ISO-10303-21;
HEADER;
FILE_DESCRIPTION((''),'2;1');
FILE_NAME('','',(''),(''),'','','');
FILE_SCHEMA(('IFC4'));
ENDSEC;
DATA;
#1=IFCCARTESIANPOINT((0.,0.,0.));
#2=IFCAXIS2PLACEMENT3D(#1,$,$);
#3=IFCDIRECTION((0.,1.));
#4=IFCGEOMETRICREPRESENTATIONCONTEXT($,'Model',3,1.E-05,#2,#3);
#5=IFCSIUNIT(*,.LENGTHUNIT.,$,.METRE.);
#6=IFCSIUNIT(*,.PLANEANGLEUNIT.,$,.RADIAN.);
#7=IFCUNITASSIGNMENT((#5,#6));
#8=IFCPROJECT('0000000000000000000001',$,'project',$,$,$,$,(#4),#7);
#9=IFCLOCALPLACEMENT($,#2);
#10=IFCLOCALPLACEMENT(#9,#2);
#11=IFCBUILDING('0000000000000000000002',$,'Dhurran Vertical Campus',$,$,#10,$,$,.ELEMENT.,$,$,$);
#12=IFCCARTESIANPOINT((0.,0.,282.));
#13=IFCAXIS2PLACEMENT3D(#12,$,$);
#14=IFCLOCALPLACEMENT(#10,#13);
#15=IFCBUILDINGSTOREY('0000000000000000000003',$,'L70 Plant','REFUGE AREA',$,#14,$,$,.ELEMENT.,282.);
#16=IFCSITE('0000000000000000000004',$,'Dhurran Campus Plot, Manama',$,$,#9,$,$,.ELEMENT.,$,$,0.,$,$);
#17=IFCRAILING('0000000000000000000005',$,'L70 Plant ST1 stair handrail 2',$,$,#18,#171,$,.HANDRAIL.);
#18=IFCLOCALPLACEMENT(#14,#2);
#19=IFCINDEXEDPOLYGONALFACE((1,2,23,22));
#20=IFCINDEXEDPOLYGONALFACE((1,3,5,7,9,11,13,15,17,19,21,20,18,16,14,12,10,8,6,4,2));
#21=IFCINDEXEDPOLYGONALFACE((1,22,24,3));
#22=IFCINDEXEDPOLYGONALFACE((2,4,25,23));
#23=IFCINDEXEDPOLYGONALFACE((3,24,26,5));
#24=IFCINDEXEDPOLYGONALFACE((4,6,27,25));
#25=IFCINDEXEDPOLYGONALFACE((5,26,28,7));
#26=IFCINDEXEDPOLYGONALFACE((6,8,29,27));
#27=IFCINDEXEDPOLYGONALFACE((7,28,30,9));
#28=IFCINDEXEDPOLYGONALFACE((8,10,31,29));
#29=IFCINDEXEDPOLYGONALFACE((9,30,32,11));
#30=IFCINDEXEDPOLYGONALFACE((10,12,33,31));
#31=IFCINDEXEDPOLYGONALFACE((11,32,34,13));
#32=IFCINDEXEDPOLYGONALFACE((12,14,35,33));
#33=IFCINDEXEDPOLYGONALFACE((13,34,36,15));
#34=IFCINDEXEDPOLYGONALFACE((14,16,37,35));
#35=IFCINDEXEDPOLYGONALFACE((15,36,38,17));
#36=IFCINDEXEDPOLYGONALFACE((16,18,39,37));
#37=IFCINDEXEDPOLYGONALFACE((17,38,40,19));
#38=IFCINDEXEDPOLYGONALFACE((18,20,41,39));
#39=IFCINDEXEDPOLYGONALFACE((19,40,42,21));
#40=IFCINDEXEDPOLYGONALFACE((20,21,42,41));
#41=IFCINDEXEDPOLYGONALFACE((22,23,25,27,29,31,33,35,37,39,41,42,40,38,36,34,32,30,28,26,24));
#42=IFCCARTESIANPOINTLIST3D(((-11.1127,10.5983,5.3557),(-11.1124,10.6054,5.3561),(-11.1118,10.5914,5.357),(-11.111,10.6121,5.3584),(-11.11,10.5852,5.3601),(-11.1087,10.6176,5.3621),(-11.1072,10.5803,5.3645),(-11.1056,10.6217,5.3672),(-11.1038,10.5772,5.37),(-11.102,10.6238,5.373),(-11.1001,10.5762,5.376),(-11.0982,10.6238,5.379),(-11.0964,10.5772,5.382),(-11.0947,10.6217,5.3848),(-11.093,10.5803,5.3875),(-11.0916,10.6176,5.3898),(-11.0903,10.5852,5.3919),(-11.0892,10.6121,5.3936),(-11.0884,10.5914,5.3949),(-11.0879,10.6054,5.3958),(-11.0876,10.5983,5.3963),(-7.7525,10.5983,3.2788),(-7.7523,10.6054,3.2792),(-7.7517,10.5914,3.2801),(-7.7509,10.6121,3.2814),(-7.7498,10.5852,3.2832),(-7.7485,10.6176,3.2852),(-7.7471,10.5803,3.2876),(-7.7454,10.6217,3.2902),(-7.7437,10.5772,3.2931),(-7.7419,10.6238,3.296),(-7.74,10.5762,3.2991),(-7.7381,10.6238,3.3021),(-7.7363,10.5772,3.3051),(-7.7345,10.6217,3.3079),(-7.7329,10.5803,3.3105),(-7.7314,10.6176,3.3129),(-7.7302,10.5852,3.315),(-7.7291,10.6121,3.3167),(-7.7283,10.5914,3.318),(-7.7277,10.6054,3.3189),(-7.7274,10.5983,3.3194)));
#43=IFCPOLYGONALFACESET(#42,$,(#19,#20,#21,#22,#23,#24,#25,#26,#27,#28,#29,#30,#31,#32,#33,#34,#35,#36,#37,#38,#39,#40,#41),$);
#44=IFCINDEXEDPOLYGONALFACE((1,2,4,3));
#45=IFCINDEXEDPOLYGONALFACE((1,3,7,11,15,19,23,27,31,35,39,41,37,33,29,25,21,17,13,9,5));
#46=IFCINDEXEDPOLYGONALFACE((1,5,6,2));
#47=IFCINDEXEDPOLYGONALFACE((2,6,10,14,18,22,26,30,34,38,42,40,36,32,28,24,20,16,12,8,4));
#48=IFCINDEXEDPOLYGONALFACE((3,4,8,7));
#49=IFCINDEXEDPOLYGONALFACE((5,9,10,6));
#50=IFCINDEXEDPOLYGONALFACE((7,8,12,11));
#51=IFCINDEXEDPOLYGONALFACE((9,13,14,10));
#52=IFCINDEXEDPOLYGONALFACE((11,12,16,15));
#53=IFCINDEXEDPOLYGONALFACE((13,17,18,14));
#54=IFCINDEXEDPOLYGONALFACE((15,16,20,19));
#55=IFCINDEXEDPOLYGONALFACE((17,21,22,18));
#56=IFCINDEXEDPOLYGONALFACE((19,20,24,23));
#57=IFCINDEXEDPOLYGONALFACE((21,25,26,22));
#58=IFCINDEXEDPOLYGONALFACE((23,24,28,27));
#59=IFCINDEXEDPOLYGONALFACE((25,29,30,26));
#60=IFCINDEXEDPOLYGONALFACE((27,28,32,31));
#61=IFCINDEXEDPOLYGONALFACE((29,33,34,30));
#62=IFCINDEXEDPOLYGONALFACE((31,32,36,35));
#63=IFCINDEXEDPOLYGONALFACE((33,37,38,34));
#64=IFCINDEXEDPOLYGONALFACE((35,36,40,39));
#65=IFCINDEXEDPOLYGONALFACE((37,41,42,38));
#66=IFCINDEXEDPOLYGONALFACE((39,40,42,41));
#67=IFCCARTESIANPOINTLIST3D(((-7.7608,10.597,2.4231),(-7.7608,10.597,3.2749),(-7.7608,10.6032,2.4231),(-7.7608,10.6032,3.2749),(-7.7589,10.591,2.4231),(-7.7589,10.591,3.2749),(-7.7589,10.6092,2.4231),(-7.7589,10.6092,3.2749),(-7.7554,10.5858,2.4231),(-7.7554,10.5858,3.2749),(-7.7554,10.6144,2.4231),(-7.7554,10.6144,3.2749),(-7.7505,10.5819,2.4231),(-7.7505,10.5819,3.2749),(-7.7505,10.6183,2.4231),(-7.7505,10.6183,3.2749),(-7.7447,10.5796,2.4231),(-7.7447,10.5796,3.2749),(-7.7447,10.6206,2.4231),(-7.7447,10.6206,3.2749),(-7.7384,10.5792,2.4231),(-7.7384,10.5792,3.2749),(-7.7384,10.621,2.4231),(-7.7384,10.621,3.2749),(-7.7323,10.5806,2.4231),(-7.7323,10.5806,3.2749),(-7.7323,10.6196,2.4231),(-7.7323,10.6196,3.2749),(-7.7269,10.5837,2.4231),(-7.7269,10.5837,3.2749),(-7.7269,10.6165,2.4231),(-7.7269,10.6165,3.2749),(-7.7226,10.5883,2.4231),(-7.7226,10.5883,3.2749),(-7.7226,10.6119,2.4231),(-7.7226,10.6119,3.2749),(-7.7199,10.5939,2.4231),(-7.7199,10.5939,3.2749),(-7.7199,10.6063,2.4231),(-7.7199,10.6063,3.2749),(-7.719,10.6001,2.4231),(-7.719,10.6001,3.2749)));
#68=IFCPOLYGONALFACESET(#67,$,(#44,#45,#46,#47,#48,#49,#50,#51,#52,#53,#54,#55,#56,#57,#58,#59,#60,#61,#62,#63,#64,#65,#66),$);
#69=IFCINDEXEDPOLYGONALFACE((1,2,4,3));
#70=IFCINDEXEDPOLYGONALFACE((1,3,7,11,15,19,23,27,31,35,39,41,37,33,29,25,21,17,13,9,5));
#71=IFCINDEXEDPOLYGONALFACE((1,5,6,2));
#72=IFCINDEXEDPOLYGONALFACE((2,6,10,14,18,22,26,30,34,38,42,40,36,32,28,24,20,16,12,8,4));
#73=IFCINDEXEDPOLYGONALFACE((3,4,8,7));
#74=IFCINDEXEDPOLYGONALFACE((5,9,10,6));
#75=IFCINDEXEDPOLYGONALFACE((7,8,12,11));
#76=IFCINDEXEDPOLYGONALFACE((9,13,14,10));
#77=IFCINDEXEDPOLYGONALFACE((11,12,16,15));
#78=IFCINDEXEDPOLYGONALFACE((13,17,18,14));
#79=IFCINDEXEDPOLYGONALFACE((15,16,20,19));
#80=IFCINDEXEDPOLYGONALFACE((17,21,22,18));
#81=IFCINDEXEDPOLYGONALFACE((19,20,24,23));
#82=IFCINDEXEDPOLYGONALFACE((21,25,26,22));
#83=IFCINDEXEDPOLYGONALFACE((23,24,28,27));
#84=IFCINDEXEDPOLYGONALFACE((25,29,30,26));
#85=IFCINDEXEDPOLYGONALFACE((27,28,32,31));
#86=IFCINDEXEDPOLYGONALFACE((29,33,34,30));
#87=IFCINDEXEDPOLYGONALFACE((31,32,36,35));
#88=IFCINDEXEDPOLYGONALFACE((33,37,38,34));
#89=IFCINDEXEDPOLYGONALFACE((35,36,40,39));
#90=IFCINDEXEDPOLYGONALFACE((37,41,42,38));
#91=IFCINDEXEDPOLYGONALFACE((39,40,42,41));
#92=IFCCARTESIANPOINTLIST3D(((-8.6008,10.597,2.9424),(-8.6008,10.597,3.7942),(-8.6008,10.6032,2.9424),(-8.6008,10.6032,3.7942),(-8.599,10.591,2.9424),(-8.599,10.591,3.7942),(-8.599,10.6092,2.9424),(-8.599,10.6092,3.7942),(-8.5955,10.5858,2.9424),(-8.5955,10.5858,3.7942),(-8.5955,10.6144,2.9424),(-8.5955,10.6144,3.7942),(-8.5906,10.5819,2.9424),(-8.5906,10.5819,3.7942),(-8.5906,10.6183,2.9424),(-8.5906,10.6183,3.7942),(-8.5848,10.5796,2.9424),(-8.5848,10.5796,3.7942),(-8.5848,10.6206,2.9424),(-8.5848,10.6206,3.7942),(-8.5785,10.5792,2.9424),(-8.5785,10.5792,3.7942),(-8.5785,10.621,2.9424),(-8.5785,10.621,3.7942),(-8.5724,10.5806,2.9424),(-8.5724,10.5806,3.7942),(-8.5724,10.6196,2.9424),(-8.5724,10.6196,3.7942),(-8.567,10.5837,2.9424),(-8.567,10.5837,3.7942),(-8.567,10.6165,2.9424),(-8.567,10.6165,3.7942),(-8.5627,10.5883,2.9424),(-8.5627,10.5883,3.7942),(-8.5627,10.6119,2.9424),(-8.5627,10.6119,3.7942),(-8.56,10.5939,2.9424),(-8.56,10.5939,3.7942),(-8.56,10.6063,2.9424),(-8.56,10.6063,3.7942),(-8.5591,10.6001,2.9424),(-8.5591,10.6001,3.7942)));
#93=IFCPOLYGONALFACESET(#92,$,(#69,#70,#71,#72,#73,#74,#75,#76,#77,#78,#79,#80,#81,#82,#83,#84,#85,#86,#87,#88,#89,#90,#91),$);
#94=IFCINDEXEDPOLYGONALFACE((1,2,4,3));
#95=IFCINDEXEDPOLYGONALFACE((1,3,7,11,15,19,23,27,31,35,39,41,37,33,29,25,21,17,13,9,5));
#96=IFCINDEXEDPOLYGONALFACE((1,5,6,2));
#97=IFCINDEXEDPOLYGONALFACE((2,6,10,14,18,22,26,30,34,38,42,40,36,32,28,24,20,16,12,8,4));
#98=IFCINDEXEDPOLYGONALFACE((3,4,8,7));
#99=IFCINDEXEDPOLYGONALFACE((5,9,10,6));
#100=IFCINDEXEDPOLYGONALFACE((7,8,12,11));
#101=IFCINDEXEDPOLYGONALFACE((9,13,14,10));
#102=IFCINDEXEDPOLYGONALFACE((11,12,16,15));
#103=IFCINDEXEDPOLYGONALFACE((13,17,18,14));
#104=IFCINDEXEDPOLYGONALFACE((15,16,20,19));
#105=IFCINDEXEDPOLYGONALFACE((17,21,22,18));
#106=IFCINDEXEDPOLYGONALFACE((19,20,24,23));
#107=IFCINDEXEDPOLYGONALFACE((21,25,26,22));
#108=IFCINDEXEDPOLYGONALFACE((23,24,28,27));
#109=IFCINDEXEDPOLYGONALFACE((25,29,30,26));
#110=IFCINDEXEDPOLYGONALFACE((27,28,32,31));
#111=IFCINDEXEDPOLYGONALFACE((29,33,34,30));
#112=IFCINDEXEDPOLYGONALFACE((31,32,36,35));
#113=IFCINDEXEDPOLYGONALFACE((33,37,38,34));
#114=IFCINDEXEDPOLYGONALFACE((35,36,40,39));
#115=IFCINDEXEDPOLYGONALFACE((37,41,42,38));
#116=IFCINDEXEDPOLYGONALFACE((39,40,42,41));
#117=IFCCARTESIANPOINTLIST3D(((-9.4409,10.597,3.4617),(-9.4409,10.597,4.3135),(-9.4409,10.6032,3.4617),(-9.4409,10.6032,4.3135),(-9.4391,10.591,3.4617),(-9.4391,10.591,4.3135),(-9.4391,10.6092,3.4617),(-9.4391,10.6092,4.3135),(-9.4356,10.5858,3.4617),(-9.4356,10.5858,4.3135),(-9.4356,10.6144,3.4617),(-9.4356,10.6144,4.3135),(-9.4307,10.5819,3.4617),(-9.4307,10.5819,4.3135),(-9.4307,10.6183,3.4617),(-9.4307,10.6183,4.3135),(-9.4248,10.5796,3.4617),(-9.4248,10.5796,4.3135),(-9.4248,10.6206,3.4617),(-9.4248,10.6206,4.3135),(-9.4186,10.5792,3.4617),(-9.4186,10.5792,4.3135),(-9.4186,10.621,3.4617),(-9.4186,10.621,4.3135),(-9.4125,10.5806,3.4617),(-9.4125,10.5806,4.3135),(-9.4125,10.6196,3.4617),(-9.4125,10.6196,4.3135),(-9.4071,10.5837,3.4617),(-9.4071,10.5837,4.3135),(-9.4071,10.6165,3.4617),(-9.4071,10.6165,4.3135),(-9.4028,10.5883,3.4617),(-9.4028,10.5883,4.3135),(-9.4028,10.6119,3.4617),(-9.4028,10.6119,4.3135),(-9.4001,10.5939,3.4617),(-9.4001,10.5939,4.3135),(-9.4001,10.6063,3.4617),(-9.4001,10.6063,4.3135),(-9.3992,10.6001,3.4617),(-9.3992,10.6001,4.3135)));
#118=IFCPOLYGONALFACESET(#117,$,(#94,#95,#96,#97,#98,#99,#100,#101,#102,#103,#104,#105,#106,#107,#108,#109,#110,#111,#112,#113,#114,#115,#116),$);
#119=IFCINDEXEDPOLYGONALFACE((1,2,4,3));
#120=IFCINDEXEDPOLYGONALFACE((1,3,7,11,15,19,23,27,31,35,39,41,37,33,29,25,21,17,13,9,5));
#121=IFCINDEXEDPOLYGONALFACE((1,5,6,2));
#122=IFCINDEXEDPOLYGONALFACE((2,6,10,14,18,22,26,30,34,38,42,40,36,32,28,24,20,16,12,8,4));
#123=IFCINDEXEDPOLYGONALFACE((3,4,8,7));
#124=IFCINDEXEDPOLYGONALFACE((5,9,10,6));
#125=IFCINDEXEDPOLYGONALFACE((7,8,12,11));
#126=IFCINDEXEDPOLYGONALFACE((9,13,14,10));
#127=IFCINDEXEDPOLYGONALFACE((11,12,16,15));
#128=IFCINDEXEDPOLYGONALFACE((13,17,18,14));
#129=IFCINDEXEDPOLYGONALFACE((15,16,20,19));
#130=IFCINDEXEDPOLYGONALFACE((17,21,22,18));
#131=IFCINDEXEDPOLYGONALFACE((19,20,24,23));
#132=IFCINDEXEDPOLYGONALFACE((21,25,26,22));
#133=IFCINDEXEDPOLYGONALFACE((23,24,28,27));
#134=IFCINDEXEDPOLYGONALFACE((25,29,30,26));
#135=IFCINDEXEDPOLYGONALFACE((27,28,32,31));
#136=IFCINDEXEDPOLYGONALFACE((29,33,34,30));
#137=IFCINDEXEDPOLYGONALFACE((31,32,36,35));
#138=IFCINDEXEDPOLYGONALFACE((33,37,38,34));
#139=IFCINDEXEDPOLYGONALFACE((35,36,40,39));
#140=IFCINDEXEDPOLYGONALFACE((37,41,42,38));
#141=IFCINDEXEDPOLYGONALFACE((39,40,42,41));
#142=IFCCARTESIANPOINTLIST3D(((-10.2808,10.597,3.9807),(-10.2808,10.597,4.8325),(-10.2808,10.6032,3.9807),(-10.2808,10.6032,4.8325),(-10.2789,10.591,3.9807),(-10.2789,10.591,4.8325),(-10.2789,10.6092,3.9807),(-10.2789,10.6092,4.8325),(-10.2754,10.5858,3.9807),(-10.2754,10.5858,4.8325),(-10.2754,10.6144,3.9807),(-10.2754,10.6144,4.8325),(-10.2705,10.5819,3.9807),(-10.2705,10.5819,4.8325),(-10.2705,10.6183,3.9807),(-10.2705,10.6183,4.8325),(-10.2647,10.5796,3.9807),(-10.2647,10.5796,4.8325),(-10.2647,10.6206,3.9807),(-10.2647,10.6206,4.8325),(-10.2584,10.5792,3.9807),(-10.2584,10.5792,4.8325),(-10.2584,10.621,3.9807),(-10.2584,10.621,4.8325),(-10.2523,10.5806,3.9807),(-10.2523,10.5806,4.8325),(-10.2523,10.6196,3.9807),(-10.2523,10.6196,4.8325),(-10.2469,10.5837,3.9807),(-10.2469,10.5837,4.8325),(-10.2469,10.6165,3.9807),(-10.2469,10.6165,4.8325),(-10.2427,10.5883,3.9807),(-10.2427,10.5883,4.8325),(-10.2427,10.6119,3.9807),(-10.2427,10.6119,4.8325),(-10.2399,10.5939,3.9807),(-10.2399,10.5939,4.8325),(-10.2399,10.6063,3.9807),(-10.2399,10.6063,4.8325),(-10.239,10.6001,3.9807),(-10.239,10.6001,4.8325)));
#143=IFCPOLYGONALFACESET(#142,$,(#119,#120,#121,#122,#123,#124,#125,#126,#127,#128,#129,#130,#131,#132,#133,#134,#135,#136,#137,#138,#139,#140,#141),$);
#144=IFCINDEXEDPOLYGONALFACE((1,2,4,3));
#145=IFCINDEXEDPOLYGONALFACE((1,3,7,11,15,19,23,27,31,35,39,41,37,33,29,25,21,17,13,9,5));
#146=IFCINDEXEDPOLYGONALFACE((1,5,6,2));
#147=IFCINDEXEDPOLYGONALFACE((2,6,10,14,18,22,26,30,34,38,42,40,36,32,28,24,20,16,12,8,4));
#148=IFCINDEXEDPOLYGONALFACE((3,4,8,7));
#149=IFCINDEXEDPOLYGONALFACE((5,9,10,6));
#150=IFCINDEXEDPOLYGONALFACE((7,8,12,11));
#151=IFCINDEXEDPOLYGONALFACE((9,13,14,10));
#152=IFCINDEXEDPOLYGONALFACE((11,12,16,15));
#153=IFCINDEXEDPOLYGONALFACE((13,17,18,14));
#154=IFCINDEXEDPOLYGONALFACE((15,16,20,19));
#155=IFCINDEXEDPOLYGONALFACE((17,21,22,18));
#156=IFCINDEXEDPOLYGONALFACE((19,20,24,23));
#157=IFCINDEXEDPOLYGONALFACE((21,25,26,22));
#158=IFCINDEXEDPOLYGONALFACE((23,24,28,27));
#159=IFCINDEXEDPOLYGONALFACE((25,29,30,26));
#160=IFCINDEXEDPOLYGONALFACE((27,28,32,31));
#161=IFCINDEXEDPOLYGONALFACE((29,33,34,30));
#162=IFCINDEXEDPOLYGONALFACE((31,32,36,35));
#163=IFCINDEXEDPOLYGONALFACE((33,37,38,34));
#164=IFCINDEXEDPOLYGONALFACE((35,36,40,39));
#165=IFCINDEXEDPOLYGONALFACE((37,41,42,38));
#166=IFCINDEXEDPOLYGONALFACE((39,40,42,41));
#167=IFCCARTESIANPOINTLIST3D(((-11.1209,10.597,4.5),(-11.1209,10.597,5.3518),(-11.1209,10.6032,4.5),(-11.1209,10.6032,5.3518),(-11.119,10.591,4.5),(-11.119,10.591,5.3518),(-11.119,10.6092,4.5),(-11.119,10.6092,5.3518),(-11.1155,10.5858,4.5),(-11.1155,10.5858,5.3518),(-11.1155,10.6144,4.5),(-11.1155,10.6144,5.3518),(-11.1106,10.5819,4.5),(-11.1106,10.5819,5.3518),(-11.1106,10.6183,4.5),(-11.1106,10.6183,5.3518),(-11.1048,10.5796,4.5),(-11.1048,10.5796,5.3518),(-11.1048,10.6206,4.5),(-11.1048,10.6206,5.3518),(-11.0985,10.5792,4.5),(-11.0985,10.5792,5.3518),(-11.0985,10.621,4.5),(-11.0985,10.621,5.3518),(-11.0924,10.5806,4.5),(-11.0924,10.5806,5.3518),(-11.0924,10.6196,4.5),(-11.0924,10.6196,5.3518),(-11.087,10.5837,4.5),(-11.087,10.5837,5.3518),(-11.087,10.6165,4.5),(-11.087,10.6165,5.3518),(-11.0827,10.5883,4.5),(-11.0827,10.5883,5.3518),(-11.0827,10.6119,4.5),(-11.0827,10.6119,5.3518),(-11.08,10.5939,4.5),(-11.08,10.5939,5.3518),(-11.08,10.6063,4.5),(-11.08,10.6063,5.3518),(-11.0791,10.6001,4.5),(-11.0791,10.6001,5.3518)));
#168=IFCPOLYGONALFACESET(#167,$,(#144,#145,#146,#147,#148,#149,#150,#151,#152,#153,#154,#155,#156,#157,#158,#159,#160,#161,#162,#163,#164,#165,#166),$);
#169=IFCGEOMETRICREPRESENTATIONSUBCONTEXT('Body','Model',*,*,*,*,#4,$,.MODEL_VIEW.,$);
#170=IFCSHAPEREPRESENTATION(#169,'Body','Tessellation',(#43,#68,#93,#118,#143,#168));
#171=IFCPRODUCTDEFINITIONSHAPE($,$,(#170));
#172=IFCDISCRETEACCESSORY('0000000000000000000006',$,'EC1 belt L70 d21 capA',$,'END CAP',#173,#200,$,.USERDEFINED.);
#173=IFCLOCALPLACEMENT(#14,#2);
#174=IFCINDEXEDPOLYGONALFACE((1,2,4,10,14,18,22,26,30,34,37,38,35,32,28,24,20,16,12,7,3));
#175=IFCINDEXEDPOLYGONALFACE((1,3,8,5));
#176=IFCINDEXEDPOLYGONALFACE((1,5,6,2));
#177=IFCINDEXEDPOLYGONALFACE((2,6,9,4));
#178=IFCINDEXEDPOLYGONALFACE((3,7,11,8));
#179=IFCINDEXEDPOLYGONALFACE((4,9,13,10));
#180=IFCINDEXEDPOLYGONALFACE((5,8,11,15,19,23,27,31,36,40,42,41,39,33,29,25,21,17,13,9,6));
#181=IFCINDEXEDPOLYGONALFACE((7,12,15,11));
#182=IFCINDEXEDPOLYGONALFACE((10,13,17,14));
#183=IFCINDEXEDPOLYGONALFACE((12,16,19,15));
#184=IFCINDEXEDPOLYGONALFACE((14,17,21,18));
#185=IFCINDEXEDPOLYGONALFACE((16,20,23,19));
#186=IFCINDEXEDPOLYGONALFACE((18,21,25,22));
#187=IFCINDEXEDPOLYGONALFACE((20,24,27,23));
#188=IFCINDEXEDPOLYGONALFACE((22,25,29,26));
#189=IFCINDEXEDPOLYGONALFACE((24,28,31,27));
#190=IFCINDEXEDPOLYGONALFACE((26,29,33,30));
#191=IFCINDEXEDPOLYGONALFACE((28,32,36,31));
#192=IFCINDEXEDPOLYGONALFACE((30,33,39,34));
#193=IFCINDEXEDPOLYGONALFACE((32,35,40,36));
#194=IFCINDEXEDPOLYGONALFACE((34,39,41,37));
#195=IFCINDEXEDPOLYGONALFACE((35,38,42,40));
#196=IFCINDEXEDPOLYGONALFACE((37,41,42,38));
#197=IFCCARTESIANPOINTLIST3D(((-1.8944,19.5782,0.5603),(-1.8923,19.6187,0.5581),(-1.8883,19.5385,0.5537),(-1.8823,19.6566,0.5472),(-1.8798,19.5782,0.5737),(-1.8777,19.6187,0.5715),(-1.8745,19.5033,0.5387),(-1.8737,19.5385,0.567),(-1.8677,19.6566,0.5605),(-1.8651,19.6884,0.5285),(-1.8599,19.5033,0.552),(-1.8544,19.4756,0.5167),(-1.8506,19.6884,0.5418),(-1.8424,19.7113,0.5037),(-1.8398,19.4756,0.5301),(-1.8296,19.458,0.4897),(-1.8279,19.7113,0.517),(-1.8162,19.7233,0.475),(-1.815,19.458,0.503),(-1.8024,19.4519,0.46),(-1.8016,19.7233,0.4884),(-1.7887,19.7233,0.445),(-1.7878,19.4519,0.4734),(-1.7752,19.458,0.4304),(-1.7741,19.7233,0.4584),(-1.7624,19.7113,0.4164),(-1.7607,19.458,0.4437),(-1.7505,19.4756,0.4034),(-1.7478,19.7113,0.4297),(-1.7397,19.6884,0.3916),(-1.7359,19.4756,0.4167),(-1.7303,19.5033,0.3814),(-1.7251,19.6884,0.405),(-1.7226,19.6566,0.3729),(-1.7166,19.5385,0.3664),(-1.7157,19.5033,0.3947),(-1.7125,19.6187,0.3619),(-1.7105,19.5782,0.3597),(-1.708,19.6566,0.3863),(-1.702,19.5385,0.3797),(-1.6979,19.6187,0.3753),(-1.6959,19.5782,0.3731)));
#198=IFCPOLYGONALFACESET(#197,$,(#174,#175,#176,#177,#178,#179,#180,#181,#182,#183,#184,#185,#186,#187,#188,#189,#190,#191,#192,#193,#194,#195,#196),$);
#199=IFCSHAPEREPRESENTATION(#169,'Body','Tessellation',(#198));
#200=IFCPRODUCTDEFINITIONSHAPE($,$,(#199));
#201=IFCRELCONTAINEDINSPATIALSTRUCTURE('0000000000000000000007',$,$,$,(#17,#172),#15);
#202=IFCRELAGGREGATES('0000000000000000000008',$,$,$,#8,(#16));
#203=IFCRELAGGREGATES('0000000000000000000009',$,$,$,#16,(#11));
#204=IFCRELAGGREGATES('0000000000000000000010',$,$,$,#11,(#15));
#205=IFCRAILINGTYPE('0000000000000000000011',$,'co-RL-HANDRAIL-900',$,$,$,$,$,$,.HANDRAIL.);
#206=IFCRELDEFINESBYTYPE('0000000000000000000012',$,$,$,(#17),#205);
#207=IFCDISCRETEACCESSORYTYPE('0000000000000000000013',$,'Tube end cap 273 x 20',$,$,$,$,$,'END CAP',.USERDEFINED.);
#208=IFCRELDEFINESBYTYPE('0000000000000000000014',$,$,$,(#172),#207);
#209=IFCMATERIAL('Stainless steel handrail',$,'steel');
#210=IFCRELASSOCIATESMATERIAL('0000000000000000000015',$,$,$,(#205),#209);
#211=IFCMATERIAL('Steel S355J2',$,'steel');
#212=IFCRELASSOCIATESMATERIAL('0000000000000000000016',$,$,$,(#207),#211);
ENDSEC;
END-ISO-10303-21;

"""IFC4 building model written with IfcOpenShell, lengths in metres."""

from ifc_helpers import new_model, si_unit, direction, frame, origin, origin_2d, place, context, subcontext, project, spatial, circle, extrude, material, material_profile, profile_set, type_object, element, save


model = new_model("IFC4")

# Units and contexts
model_context = context("Model", 3, precision=1e-05, world=origin(), true_north=direction((0.0, 1.0)))
body_context = subcontext(model_context, "Body", "Model", "MODEL_VIEW")
ifc_project = project(units=[si_unit("LENGTHUNIT", "METRE"), si_unit("PLANEANGLEUNIT", "RADIAN")], contexts=[model_context])

# Site, building, storey
site_placement = place(None, origin())
site = spatial("IfcSite", under=ifc_project, at=site_placement, Name="Dhurran Campus Plot, Manama", CompositionType="ELEMENT", RefElevation=0.0)
building_placement = place(site_placement, origin())
building = spatial("IfcBuilding", under=site, at=building_placement, Name="Dhurran Vertical Campus", CompositionType="ELEMENT")
storey_placement = place(building_placement, frame((0.0, 0.0, 282.0)))
storey = spatial("IfcBuildingStorey", under=building, at=storey_placement, Name="L70 Plant", Description="REFUGE AREA", CompositionType="ELEMENT", Elevation=282.0)

# Railing
ifc_material_1 = material(Name="Stainless steel handrail", Category="steel")
railing_type = type_object("IfcRailingType", Name="co-RL-HANDRAIL-900", PredefinedType="HANDRAIL", material=ifc_material_1)
railing_placement = place(storey_placement, frame((-7.74, 10.6001, 2.4231)))
element("IfcRailing", 1, at=railing_placement, inside=storey, type_object=railing_type, Name="L70 Plant ST1 stair handrail 2", PredefinedType="HANDRAIL", context=body_context, shape_type="SweptSolid", body=[
    extrude(circle(Radius=0.0239, at=origin_2d()), frame((0.0, 0.0, 0.876), z_axis=(-0.850623, 0.0, 0.525776), x_axis=(0.0, -1.0, 0.0)), (0.0, 0.0, 1.0), 3.9502),
    extrude(circle(Radius=0.021, at=origin_2d()), origin(), (0.0, 0.0, 1.0), 0.8518),
    extrude(circle(Radius=0.021, at=origin_2d()), frame((-0.8401, 0.0, 0.5193)), (0.0, 0.0, 1.0), 0.8518),
    extrude(circle(Radius=0.021, at=origin_2d()), frame((-1.6802, 0.0, 1.0386)), (0.0, 0.0, 1.0), 0.8518),
    extrude(circle(Radius=0.021, at=origin_2d()), frame((-2.52, 0.0, 1.5576)), (0.0, 0.0, 1.0), 0.8518),
    extrude(circle(Radius=0.021, at=origin_2d()), frame((-3.3601, 0.0, 2.0769)), (0.0, 0.0, 1.0), 0.8518),
])

# Discrete accessory
ifc_material_2 = material(Name="Steel S355J2", Category="steel")
ifc_material_profile_1 = material_profile(ifc_material_2, circle(Radius=0.1365, at=origin_2d()), Name="Tube end cap 273 x 20")
ifc_profile_set_1 = profile_set([ifc_material_profile_1], Name="Steel S355J2")
discrete_accessory_type = type_object("IfcDiscreteAccessoryType", Name="Tube end cap 273 x 20", ElementType="END CAP", PredefinedType="USERDEFINED", material=ifc_profile_set_1)
for number, where, z_axis, x_axis, name in (
    (2, (-1.7878, 19.5884, 0.4734), (-0.737154, 0.0, -0.675725), (0.0, -1.0, 0.0), "EC1 belt L70 d21 capA"),
):
    element("IfcDiscreteAccessory", number, at=place(storey_placement, frame(where, z_axis=z_axis, x_axis=x_axis)), inside=storey, type_object=discrete_accessory_type, Name=name, ObjectType="END CAP", PredefinedType="USERDEFINED", context=body_context, shape_type="SweptSolid", body=[
        extrude(circle(Radius=0.1365, at=origin_2d()), origin(), (0.0, 0.0, 1.0), 0.0198),
    ])

save(model, "model.ifc")
